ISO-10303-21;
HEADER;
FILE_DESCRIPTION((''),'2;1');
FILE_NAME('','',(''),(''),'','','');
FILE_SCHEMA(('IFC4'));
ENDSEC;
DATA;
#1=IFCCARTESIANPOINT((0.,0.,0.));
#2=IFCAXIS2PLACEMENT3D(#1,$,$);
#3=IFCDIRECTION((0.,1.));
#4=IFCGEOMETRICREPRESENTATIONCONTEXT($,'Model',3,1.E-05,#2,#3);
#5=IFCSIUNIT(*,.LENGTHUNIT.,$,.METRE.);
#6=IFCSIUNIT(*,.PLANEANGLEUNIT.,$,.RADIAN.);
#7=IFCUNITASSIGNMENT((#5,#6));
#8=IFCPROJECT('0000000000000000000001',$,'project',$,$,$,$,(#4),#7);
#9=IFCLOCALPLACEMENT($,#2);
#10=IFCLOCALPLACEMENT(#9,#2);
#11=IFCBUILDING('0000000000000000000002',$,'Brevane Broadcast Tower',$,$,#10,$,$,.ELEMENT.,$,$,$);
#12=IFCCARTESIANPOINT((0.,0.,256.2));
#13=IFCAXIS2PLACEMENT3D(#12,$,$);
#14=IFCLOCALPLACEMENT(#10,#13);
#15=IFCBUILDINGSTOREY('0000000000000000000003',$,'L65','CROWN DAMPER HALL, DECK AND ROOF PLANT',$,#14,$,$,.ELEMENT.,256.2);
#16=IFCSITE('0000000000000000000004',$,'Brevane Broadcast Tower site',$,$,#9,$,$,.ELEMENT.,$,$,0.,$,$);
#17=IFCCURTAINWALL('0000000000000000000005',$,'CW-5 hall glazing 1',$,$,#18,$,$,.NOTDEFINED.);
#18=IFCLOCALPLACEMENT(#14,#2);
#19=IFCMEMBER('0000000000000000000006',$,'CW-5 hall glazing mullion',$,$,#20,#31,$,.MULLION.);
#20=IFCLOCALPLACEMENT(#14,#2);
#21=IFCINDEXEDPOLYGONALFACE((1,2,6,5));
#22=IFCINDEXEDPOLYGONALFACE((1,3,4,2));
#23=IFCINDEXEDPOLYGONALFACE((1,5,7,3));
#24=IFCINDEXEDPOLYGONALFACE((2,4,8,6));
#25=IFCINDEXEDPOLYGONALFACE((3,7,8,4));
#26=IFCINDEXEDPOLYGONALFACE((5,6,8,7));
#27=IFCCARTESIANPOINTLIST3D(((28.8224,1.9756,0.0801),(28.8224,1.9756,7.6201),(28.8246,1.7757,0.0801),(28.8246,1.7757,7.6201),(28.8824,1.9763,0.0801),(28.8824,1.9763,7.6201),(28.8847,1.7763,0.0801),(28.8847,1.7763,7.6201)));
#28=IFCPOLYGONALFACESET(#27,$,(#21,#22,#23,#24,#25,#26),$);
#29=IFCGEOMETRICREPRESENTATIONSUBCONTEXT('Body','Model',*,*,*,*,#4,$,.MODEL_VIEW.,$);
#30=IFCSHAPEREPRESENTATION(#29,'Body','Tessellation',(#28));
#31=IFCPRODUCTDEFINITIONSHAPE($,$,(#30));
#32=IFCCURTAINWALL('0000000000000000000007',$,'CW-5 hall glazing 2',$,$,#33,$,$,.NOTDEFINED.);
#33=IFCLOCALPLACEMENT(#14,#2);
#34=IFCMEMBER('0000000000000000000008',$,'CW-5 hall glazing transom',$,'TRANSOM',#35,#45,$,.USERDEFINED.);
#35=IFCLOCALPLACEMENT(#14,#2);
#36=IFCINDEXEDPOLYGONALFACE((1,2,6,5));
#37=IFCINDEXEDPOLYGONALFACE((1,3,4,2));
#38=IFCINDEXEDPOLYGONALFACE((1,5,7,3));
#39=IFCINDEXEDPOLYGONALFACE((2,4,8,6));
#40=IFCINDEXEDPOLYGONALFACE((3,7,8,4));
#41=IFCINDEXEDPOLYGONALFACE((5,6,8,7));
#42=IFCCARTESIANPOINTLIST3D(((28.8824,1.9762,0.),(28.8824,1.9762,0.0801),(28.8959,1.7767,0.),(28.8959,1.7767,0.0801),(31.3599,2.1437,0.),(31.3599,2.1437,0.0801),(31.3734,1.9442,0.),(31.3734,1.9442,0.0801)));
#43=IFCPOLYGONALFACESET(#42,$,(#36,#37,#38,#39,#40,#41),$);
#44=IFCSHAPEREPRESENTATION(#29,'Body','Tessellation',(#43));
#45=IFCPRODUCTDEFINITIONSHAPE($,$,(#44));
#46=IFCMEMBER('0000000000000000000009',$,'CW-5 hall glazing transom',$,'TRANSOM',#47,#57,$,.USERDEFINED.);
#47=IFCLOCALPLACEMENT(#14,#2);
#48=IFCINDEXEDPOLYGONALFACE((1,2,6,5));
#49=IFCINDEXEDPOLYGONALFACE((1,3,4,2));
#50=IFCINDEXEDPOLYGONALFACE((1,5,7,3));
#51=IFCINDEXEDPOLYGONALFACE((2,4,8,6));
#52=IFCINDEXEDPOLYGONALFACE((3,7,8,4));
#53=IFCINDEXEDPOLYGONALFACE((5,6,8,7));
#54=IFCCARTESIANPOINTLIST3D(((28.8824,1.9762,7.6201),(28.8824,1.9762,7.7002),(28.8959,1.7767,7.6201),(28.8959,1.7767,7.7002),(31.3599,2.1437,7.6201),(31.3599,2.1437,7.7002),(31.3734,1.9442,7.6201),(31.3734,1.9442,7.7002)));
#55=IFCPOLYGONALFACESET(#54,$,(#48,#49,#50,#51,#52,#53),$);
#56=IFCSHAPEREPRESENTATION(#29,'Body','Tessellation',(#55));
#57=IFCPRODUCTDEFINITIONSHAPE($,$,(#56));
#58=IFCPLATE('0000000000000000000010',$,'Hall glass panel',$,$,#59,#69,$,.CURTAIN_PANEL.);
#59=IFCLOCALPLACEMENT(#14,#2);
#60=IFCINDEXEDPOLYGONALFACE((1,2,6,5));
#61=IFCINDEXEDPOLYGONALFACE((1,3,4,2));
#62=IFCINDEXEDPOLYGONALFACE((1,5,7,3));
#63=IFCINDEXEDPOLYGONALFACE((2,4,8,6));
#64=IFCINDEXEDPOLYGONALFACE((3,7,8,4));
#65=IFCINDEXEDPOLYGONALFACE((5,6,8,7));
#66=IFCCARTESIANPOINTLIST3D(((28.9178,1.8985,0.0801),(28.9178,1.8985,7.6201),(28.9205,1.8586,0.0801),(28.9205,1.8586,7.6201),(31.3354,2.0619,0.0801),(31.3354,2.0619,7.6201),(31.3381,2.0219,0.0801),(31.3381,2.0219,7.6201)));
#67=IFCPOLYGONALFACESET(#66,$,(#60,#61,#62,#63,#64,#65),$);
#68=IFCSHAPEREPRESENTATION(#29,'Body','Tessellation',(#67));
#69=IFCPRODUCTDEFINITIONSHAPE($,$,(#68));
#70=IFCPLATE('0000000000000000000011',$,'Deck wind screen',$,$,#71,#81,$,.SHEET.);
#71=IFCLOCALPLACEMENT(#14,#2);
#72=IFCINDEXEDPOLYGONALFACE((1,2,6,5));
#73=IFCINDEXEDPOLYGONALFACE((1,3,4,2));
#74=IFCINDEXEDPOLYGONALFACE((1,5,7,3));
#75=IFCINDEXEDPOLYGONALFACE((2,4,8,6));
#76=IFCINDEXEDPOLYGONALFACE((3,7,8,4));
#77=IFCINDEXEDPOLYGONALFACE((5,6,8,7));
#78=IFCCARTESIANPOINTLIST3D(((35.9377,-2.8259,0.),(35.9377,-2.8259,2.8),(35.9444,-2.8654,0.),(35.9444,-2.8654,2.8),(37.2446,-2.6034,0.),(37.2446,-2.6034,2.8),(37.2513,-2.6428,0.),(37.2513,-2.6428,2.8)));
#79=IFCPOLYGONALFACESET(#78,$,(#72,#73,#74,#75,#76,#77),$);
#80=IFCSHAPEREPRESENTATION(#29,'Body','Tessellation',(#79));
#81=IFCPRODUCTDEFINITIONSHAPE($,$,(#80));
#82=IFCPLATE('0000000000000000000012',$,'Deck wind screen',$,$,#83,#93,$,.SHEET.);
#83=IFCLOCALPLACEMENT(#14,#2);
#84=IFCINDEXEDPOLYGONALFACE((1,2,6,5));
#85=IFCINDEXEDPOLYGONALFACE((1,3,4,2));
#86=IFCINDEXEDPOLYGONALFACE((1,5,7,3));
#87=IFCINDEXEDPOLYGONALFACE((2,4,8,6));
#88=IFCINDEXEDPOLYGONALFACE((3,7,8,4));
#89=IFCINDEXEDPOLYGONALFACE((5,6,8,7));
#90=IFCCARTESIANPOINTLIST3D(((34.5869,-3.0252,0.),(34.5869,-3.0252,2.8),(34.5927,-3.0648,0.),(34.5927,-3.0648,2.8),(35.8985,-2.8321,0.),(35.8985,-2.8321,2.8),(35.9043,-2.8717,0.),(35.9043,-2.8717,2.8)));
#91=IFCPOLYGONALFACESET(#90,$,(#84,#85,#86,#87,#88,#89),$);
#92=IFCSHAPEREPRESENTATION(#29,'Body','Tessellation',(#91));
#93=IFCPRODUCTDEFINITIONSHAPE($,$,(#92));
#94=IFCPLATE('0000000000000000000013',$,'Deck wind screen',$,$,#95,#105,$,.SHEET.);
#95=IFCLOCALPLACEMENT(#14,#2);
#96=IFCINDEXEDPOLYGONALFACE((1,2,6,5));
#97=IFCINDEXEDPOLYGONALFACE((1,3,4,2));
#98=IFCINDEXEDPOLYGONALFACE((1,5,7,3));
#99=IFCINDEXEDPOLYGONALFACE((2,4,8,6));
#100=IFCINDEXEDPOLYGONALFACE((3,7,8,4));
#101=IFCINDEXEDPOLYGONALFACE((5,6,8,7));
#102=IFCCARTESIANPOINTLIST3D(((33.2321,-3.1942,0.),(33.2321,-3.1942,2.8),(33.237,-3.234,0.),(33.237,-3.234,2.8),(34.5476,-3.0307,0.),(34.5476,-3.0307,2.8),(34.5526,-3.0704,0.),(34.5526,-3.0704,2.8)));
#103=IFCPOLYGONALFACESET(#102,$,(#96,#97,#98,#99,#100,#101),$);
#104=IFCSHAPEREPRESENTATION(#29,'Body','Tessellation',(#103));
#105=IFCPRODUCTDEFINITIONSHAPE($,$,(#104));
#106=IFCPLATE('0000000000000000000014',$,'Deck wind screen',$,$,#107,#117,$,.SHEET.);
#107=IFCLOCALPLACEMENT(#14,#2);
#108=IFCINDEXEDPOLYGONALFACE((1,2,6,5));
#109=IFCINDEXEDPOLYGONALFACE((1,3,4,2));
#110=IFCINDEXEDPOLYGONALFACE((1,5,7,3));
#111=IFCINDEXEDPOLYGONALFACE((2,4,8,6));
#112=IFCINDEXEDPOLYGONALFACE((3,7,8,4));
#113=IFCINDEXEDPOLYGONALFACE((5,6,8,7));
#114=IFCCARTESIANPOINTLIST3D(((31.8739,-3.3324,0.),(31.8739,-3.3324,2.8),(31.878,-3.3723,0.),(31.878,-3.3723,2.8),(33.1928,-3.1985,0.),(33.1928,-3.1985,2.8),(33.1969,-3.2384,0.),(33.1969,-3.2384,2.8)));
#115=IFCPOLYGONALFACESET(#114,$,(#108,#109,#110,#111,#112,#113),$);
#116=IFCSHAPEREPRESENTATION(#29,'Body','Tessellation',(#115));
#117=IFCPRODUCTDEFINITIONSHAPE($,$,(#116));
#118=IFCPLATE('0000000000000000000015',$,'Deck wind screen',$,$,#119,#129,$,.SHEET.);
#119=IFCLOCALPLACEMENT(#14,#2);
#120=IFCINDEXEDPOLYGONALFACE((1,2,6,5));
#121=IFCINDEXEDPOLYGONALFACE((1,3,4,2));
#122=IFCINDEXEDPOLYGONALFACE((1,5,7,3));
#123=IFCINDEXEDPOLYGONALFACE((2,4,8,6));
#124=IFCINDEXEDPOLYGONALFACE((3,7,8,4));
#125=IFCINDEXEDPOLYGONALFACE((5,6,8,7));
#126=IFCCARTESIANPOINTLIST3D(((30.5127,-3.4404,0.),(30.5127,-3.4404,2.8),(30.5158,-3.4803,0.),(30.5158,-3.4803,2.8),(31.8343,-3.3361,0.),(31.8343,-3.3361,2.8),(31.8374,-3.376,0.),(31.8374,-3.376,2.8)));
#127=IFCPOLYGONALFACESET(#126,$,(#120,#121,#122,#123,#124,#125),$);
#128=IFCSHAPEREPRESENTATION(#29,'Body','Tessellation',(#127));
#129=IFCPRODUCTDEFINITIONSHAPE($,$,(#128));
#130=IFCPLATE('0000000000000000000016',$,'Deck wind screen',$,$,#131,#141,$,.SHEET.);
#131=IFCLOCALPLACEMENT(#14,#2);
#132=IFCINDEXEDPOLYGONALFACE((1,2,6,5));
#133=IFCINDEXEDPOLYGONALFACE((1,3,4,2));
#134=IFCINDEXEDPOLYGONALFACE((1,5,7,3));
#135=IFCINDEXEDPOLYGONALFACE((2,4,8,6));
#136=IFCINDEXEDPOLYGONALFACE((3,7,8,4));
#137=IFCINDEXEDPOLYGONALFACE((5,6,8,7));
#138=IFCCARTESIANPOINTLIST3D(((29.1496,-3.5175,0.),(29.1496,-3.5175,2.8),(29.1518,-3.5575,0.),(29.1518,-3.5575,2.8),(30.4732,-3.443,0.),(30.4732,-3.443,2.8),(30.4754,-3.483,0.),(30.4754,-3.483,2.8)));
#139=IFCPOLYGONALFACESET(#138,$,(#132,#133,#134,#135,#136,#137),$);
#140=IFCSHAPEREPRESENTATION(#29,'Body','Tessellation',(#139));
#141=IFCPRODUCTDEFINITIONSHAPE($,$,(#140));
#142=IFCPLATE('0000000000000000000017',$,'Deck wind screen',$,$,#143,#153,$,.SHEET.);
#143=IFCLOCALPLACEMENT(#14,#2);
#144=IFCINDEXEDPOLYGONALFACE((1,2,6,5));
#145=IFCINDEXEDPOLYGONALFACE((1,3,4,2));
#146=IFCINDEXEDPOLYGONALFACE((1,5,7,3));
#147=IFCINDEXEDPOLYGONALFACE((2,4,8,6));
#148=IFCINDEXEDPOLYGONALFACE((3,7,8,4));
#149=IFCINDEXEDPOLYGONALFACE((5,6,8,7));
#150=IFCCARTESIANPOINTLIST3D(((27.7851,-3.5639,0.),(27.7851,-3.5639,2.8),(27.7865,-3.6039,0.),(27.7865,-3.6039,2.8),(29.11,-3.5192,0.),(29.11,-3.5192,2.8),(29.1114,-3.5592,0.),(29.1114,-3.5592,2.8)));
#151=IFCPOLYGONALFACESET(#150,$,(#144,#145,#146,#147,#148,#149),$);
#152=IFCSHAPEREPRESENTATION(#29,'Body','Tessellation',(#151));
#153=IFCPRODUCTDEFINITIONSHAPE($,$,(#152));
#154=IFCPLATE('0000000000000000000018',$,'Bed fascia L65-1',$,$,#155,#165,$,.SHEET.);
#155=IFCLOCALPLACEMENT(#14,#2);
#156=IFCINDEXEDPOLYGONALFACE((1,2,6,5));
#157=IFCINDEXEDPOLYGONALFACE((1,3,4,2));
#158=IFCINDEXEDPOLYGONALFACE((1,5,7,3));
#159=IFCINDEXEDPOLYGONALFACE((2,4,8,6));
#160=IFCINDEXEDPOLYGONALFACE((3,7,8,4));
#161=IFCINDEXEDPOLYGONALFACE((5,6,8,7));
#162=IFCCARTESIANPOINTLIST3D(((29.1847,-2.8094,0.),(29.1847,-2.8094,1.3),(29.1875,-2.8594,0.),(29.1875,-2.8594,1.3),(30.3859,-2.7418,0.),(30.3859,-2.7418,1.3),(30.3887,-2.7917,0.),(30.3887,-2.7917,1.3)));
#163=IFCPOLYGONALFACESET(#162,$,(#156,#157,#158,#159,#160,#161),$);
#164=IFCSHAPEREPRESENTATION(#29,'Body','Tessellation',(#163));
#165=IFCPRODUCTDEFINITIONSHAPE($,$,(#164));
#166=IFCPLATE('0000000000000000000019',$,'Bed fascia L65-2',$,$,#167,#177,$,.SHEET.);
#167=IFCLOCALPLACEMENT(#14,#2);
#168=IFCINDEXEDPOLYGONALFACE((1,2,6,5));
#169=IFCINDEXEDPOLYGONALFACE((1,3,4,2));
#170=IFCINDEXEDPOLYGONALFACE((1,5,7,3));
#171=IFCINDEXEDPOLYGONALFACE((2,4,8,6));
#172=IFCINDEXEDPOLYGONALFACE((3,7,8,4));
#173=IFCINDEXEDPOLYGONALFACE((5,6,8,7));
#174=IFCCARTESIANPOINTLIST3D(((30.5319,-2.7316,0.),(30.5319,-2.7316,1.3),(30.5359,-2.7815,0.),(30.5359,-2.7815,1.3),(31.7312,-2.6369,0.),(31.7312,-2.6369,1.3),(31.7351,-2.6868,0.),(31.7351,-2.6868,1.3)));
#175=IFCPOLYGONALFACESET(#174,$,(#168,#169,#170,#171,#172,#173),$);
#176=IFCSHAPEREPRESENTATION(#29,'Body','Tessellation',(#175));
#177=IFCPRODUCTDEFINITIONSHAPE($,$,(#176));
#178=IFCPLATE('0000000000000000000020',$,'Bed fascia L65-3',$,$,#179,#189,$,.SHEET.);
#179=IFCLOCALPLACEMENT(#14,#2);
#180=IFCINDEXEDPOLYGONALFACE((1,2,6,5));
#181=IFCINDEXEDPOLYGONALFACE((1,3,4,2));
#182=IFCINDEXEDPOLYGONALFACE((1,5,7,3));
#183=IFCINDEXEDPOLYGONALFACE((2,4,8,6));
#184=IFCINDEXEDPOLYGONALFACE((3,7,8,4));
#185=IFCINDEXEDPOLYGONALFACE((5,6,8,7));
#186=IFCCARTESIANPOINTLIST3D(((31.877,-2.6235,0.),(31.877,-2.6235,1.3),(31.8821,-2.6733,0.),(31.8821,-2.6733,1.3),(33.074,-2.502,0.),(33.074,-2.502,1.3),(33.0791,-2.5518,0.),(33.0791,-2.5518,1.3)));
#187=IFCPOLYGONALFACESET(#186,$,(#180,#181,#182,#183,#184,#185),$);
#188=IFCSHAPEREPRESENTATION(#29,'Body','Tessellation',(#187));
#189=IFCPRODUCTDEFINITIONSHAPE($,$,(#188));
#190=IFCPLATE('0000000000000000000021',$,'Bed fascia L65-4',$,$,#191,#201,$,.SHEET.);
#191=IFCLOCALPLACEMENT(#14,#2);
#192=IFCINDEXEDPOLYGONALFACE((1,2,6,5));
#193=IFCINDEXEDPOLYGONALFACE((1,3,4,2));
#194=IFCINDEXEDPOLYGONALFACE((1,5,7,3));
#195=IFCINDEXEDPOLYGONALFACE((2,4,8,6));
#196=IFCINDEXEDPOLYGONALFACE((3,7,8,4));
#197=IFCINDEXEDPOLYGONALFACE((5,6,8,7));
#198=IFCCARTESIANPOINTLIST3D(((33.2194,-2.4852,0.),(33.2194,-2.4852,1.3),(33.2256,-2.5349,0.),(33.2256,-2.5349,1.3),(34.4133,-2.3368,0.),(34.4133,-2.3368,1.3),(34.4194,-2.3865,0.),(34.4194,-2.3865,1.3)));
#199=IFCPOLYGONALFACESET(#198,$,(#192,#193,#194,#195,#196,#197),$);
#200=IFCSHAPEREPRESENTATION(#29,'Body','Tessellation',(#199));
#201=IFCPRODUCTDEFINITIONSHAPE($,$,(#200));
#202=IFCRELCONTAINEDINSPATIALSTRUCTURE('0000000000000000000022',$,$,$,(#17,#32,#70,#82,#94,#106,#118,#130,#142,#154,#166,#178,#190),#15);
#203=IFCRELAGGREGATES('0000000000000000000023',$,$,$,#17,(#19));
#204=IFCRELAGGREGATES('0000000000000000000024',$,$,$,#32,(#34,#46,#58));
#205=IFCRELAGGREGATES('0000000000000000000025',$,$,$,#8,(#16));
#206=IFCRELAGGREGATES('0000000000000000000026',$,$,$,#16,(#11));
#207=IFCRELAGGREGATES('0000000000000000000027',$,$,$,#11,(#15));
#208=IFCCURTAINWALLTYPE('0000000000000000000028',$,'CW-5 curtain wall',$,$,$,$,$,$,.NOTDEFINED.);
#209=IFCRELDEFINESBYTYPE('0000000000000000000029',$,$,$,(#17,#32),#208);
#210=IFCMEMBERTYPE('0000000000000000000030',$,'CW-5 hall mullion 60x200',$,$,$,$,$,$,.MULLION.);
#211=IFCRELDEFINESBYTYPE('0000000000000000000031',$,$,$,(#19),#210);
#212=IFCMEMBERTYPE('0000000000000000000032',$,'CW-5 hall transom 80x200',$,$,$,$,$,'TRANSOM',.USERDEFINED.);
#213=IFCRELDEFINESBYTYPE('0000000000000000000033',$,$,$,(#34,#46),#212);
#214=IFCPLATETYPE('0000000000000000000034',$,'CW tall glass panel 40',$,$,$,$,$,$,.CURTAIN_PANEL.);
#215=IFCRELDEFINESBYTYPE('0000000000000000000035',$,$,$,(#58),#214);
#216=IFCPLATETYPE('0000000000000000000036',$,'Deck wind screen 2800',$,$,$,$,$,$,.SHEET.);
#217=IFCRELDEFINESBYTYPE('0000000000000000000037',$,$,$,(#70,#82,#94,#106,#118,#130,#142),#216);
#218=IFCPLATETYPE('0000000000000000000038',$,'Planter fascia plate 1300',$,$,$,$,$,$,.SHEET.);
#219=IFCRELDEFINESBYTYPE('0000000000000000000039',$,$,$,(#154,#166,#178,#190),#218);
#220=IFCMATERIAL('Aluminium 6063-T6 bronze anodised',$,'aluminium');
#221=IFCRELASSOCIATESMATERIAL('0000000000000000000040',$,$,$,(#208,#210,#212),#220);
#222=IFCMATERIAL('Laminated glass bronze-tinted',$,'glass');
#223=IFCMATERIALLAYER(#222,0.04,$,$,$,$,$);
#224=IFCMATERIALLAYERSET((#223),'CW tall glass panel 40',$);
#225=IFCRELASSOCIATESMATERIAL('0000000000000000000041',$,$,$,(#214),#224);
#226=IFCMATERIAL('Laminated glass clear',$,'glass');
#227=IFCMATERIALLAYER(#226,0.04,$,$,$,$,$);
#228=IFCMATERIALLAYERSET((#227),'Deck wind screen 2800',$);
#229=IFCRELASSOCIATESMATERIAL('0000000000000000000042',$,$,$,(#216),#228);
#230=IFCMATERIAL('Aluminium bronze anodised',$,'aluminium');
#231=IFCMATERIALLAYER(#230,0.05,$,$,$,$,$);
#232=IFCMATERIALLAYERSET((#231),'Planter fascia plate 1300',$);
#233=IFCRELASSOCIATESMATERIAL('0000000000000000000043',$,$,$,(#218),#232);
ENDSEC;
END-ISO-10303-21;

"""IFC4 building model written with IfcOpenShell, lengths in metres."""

from ifc_helpers import new_model, si_unit, direction, frame, origin, origin_2d, place, context, subcontext, project, spatial, polyline, rectangle, outline, extrude, material, layer, layer_set, material_profile, profile_set, type_object, element, aggregate, save


model = new_model("IFC4")

# Units and contexts
model_context = context("Model", 3, precision=1e-05, world=origin(), true_north=direction((0.0, 1.0)))
body_context = subcontext(model_context, "Body", "Model", "MODEL_VIEW")
ifc_project = project(units=[si_unit("LENGTHUNIT", "METRE"), si_unit("PLANEANGLEUNIT", "RADIAN")], contexts=[model_context])

# Site, building, storey
site_placement = place(None, origin())
site = spatial("IfcSite", under=ifc_project, at=site_placement, Name="Brevane Broadcast Tower site", CompositionType="ELEMENT", RefElevation=0.0)
building_placement = place(site_placement, origin())
building = spatial("IfcBuilding", under=site, at=building_placement, Name="Brevane Broadcast Tower", CompositionType="ELEMENT")
storey_placement = place(building_placement, frame((0.0, 0.0, 256.2)))
storey = spatial("IfcBuildingStorey", under=building, at=storey_placement, Name="L65", Description="CROWN DAMPER HALL, DECK AND ROOF PLANT", CompositionType="ELEMENT", Elevation=256.2)

# Curtain wall, member
ifc_material_1 = material(Name="Aluminium 6063-T6 bronze anodised", Category="aluminium")
curtain_wall_type = type_object("IfcCurtainWallType", Name="CW-5 curtain wall", PredefinedType="NOTDEFINED", material=ifc_material_1)
curtain_wall_1_placement = place(storey_placement, origin())
curtain_wall_1 = element("IfcCurtainWall", 1, at=curtain_wall_1_placement, inside=storey, type_object=curtain_wall_type, Name="CW-5 hall glazing 1", PredefinedType="NOTDEFINED")
ifc_material_profile_1 = material_profile(ifc_material_1, rectangle(XDim=0.2, YDim=0.0601, at=origin_2d()), Name="RECT 60x200")
ifc_profile_set_1 = profile_set([ifc_material_profile_1], Name="Aluminium 6063-T6 bronze anodised")
member_type_1 = type_object("IfcMemberType", Name="CW-5 hall mullion 60x200", PredefinedType="MULLION", material=ifc_profile_set_1)
member_1_placement = place(storey_placement, frame((28.8535, 1.876, 0.0801), z_axis=(0.0, 0.0, 1.0), x_axis=(-0.011244, 0.999937, 0.0)))
member_1 = element("IfcMember", 2, at=member_1_placement, type_object=member_type_1, Name="CW-5 hall glazing mullion", PredefinedType="MULLION", context=body_context, shape_type="SweptSolid", body=[
    extrude(rectangle(XDim=0.2, YDim=0.0601, at=origin_2d()), origin(), (0.0, 0.0, 1.0), 7.54),
])
aggregate(curtain_wall_1, [member_1])

# Curtain wall, members, plate
curtain_wall_2_placement = place(storey_placement, origin())
curtain_wall_2 = element("IfcCurtainWall", 3, at=curtain_wall_2_placement, inside=storey, type_object=curtain_wall_type, Name="CW-5 hall glazing 2", PredefinedType="NOTDEFINED")
ifc_material_profile_2 = material_profile(ifc_material_1, rectangle(XDim=0.2, YDim=0.0801, at=origin_2d()), Name="RECT 80x200")
ifc_profile_set_2 = profile_set([ifc_material_profile_2], Name="Aluminium 6063-T6 bronze anodised")
member_type_2 = type_object("IfcMemberType", Name="CW-5 hall transom 80x200", ElementType="TRANSOM", PredefinedType="USERDEFINED", material=ifc_profile_set_2)
member_2_placement = place(storey_placement, frame((28.8892, 1.8765, 0.04), z_axis=(0.997723, 0.067446, 0.0), x_axis=(-0.067446, 0.997723, 0.0)))
member_2 = element("IfcMember", 4, at=member_2_placement, type_object=member_type_2, Name="CW-5 hall glazing transom", ObjectType="TRANSOM", PredefinedType="USERDEFINED", context=body_context, shape_type="SweptSolid", body=[
    extrude(rectangle(XDim=0.2, YDim=0.0801, at=origin_2d()), origin(), (0.0, 0.0, 1.0), 2.4832),
])
member_3_placement = place(storey_placement, frame((28.8892, 1.8765, 7.6602), z_axis=(0.997723, 0.067446, 0.0), x_axis=(-0.067446, 0.997723, 0.0)))
member_3 = element("IfcMember", 5, at=member_3_placement, type_object=member_type_2, Name="CW-5 hall glazing transom", ObjectType="TRANSOM", PredefinedType="USERDEFINED", context=body_context, shape_type="SweptSolid", body=[
    extrude(rectangle(XDim=0.2, YDim=0.0801, at=origin_2d()), origin(), (0.0, 0.0, 1.0), 2.4832),
])
ifc_material_2 = material(Name="Laminated glass bronze-tinted", Category="glass")
ifc_layer_1 = layer(ifc_material_2, 0.04)
ifc_layer_set_1 = layer_set([ifc_layer_1], Name="CW tall glass panel 40")
plate_type_1 = type_object("IfcPlateType", Name="CW tall glass panel 40", PredefinedType="CURTAIN_PANEL", material=ifc_layer_set_1)
plate_1_placement = place(storey_placement, frame((30.1279, 1.9602, 0.0801), z_axis=(0.0, 0.0, 1.0), x_axis=(0.997725, 0.067413, 0.0)))
plate_1 = element("IfcPlate", 6, at=plate_1_placement, type_object=plate_type_1, Name="Hall glass panel", PredefinedType="CURTAIN_PANEL", context=body_context, shape_type="SweptSolid", body=[
    extrude(rectangle(XDim=2.4231, YDim=0.04, at=origin_2d()), origin(), (0.0, 0.0, 1.0), 7.54),
])
aggregate(curtain_wall_2, [member_2, member_3, plate_1])

# Plates
ifc_material_3 = material(Name="Laminated glass clear", Category="glass")
ifc_layer_2 = layer(ifc_material_3, 0.04)
ifc_layer_set_2 = layer_set([ifc_layer_2], Name="Deck wind screen 2800")
plate_type_2 = type_object("IfcPlateType", Name="Deck wind screen 2800", PredefinedType="SHEET", material=ifc_layer_set_2)
for number, where, z_axis, x_axis, name in (
    (7, (36.5945, -2.7344, 0.0), (0.0, 0.0, 1.0), (-0.985811, -0.167862, 0.0), "Deck wind screen"),
    (8, (35.2456, -2.9485, 0.0), (0.0, 0.0, 1.0), (-0.989336, -0.145653, 0.0), "Deck wind screen"),
    (9, (33.8923, -3.1323, 0.0), (0.0, 0.0, 1.0), (-0.992361, -0.12337, 0.0), "Deck wind screen"),
    (10, (32.5354, -3.2854, 0.0), (0.0, 0.0, 1.0), (-0.994884, -0.101024, 0.0), "Deck wind screen"),
    (11, (31.175, -3.4082, 0.0), (0.0, 0.0, 1.0), (-0.996904, -0.078627, 0.0), "Deck wind screen"),
    (12, (29.8125, -3.5002, 0.0), (0.0, 0.0, 1.0), (-0.99842, -0.056191, 0.0), "Deck wind screen"),
    (13, (28.4482, -3.5615, 0.0), (0.0, 0.0, 1.0), (-0.999431, -0.033725, 0.0), "Deck wind screen"),
):
    element("IfcPlate", number, at=place(storey_placement, frame(where, z_axis=z_axis, x_axis=x_axis)), inside=storey, type_object=plate_type_2, Name=name, PredefinedType="SHEET", context=body_context, shape_type="SweptSolid", body=[
        extrude(rectangle(XDim=1.3257, YDim=0.04, at=origin_2d()), origin(), (0.0, 0.0, 1.0), 2.8),
    ])
ifc_material_4 = material(Name="Aluminium bronze anodised", Category="aluminium")
ifc_layer_3 = layer(ifc_material_4, 0.05)
ifc_layer_set_3 = layer_set([ifc_layer_3], Name="Planter fascia plate 1300")
plate_type_3 = type_object("IfcPlateType", Name="Planter fascia plate 1300", PredefinedType="SHEET", material=ifc_layer_set_3)
plate_2_placement = place(storey_placement, frame((29.1875, -2.8594, 0.0), z_axis=(0.056212, -0.998419, 0.0), x_axis=(0.998419, 0.056212, 0.0)))
element("IfcPlate", 14, at=plate_2_placement, inside=storey, type_object=plate_type_3, Name="Bed fascia L65-1", PredefinedType="SHEET", context=body_context, shape_type="SweptSolid", body=[
    extrude(outline(polyline([(0.0, 0.0), (1.2031, 0.0), (1.2031, 1.3), (0.0, 1.3), (0.0, 0.0)])), origin(), (0.0, 0.0, -1.0), 0.05),
])
plate_3_placement = place(storey_placement, frame((30.5359, -2.7815, 0.0), z_axis=(0.078745, -0.996895, 0.0), x_axis=(0.996895, 0.078745, 0.0)))
element("IfcPlate", 15, at=plate_3_placement, inside=storey, type_object=plate_type_3, Name="Bed fascia L65-2", PredefinedType="SHEET", context=body_context, shape_type="SweptSolid", body=[
    extrude(outline(polyline([(0.0, 0.0), (1.203, 0.0), (1.203, 1.3), (0.0, 1.3), (0.0, 0.0)])), origin(), (0.0, 0.0, -1.0), 0.05),
])
plate_4_placement = place(storey_placement, frame((31.8821, -2.6733, 0.0), z_axis=(0.101051, -0.994881, 0.0), x_axis=(0.994881, 0.101051, 0.0)))
element("IfcPlate", 16, at=plate_4_placement, inside=storey, type_object=plate_type_3, Name="Bed fascia L65-3", PredefinedType="SHEET", context=body_context, shape_type="SweptSolid", body=[
    extrude(outline(polyline([(0.0, 0.0), (1.2032, 0.0), (1.2032, 1.3), (0.0, 1.3), (0.0, 0.0)])), origin(), (0.0, 0.0, -1.0), 0.05),
])
plate_5_placement = place(storey_placement, frame((33.2256, -2.5349, 0.0), z_axis=(0.123385, -0.992359, 0.0), x_axis=(0.992359, 0.123385, 0.0)))
element("IfcPlate", 17, at=plate_5_placement, inside=storey, type_object=plate_type_3, Name="Bed fascia L65-4", PredefinedType="SHEET", context=body_context, shape_type="SweptSolid", body=[
    extrude(outline(polyline([(0.0, 0.0), (1.203, 0.0), (1.203, 1.3), (0.0, 1.3), (0.0, 0.0)])), origin(), (0.0, 0.0, -1.0), 0.05),
])

save(model, "model.ifc")
